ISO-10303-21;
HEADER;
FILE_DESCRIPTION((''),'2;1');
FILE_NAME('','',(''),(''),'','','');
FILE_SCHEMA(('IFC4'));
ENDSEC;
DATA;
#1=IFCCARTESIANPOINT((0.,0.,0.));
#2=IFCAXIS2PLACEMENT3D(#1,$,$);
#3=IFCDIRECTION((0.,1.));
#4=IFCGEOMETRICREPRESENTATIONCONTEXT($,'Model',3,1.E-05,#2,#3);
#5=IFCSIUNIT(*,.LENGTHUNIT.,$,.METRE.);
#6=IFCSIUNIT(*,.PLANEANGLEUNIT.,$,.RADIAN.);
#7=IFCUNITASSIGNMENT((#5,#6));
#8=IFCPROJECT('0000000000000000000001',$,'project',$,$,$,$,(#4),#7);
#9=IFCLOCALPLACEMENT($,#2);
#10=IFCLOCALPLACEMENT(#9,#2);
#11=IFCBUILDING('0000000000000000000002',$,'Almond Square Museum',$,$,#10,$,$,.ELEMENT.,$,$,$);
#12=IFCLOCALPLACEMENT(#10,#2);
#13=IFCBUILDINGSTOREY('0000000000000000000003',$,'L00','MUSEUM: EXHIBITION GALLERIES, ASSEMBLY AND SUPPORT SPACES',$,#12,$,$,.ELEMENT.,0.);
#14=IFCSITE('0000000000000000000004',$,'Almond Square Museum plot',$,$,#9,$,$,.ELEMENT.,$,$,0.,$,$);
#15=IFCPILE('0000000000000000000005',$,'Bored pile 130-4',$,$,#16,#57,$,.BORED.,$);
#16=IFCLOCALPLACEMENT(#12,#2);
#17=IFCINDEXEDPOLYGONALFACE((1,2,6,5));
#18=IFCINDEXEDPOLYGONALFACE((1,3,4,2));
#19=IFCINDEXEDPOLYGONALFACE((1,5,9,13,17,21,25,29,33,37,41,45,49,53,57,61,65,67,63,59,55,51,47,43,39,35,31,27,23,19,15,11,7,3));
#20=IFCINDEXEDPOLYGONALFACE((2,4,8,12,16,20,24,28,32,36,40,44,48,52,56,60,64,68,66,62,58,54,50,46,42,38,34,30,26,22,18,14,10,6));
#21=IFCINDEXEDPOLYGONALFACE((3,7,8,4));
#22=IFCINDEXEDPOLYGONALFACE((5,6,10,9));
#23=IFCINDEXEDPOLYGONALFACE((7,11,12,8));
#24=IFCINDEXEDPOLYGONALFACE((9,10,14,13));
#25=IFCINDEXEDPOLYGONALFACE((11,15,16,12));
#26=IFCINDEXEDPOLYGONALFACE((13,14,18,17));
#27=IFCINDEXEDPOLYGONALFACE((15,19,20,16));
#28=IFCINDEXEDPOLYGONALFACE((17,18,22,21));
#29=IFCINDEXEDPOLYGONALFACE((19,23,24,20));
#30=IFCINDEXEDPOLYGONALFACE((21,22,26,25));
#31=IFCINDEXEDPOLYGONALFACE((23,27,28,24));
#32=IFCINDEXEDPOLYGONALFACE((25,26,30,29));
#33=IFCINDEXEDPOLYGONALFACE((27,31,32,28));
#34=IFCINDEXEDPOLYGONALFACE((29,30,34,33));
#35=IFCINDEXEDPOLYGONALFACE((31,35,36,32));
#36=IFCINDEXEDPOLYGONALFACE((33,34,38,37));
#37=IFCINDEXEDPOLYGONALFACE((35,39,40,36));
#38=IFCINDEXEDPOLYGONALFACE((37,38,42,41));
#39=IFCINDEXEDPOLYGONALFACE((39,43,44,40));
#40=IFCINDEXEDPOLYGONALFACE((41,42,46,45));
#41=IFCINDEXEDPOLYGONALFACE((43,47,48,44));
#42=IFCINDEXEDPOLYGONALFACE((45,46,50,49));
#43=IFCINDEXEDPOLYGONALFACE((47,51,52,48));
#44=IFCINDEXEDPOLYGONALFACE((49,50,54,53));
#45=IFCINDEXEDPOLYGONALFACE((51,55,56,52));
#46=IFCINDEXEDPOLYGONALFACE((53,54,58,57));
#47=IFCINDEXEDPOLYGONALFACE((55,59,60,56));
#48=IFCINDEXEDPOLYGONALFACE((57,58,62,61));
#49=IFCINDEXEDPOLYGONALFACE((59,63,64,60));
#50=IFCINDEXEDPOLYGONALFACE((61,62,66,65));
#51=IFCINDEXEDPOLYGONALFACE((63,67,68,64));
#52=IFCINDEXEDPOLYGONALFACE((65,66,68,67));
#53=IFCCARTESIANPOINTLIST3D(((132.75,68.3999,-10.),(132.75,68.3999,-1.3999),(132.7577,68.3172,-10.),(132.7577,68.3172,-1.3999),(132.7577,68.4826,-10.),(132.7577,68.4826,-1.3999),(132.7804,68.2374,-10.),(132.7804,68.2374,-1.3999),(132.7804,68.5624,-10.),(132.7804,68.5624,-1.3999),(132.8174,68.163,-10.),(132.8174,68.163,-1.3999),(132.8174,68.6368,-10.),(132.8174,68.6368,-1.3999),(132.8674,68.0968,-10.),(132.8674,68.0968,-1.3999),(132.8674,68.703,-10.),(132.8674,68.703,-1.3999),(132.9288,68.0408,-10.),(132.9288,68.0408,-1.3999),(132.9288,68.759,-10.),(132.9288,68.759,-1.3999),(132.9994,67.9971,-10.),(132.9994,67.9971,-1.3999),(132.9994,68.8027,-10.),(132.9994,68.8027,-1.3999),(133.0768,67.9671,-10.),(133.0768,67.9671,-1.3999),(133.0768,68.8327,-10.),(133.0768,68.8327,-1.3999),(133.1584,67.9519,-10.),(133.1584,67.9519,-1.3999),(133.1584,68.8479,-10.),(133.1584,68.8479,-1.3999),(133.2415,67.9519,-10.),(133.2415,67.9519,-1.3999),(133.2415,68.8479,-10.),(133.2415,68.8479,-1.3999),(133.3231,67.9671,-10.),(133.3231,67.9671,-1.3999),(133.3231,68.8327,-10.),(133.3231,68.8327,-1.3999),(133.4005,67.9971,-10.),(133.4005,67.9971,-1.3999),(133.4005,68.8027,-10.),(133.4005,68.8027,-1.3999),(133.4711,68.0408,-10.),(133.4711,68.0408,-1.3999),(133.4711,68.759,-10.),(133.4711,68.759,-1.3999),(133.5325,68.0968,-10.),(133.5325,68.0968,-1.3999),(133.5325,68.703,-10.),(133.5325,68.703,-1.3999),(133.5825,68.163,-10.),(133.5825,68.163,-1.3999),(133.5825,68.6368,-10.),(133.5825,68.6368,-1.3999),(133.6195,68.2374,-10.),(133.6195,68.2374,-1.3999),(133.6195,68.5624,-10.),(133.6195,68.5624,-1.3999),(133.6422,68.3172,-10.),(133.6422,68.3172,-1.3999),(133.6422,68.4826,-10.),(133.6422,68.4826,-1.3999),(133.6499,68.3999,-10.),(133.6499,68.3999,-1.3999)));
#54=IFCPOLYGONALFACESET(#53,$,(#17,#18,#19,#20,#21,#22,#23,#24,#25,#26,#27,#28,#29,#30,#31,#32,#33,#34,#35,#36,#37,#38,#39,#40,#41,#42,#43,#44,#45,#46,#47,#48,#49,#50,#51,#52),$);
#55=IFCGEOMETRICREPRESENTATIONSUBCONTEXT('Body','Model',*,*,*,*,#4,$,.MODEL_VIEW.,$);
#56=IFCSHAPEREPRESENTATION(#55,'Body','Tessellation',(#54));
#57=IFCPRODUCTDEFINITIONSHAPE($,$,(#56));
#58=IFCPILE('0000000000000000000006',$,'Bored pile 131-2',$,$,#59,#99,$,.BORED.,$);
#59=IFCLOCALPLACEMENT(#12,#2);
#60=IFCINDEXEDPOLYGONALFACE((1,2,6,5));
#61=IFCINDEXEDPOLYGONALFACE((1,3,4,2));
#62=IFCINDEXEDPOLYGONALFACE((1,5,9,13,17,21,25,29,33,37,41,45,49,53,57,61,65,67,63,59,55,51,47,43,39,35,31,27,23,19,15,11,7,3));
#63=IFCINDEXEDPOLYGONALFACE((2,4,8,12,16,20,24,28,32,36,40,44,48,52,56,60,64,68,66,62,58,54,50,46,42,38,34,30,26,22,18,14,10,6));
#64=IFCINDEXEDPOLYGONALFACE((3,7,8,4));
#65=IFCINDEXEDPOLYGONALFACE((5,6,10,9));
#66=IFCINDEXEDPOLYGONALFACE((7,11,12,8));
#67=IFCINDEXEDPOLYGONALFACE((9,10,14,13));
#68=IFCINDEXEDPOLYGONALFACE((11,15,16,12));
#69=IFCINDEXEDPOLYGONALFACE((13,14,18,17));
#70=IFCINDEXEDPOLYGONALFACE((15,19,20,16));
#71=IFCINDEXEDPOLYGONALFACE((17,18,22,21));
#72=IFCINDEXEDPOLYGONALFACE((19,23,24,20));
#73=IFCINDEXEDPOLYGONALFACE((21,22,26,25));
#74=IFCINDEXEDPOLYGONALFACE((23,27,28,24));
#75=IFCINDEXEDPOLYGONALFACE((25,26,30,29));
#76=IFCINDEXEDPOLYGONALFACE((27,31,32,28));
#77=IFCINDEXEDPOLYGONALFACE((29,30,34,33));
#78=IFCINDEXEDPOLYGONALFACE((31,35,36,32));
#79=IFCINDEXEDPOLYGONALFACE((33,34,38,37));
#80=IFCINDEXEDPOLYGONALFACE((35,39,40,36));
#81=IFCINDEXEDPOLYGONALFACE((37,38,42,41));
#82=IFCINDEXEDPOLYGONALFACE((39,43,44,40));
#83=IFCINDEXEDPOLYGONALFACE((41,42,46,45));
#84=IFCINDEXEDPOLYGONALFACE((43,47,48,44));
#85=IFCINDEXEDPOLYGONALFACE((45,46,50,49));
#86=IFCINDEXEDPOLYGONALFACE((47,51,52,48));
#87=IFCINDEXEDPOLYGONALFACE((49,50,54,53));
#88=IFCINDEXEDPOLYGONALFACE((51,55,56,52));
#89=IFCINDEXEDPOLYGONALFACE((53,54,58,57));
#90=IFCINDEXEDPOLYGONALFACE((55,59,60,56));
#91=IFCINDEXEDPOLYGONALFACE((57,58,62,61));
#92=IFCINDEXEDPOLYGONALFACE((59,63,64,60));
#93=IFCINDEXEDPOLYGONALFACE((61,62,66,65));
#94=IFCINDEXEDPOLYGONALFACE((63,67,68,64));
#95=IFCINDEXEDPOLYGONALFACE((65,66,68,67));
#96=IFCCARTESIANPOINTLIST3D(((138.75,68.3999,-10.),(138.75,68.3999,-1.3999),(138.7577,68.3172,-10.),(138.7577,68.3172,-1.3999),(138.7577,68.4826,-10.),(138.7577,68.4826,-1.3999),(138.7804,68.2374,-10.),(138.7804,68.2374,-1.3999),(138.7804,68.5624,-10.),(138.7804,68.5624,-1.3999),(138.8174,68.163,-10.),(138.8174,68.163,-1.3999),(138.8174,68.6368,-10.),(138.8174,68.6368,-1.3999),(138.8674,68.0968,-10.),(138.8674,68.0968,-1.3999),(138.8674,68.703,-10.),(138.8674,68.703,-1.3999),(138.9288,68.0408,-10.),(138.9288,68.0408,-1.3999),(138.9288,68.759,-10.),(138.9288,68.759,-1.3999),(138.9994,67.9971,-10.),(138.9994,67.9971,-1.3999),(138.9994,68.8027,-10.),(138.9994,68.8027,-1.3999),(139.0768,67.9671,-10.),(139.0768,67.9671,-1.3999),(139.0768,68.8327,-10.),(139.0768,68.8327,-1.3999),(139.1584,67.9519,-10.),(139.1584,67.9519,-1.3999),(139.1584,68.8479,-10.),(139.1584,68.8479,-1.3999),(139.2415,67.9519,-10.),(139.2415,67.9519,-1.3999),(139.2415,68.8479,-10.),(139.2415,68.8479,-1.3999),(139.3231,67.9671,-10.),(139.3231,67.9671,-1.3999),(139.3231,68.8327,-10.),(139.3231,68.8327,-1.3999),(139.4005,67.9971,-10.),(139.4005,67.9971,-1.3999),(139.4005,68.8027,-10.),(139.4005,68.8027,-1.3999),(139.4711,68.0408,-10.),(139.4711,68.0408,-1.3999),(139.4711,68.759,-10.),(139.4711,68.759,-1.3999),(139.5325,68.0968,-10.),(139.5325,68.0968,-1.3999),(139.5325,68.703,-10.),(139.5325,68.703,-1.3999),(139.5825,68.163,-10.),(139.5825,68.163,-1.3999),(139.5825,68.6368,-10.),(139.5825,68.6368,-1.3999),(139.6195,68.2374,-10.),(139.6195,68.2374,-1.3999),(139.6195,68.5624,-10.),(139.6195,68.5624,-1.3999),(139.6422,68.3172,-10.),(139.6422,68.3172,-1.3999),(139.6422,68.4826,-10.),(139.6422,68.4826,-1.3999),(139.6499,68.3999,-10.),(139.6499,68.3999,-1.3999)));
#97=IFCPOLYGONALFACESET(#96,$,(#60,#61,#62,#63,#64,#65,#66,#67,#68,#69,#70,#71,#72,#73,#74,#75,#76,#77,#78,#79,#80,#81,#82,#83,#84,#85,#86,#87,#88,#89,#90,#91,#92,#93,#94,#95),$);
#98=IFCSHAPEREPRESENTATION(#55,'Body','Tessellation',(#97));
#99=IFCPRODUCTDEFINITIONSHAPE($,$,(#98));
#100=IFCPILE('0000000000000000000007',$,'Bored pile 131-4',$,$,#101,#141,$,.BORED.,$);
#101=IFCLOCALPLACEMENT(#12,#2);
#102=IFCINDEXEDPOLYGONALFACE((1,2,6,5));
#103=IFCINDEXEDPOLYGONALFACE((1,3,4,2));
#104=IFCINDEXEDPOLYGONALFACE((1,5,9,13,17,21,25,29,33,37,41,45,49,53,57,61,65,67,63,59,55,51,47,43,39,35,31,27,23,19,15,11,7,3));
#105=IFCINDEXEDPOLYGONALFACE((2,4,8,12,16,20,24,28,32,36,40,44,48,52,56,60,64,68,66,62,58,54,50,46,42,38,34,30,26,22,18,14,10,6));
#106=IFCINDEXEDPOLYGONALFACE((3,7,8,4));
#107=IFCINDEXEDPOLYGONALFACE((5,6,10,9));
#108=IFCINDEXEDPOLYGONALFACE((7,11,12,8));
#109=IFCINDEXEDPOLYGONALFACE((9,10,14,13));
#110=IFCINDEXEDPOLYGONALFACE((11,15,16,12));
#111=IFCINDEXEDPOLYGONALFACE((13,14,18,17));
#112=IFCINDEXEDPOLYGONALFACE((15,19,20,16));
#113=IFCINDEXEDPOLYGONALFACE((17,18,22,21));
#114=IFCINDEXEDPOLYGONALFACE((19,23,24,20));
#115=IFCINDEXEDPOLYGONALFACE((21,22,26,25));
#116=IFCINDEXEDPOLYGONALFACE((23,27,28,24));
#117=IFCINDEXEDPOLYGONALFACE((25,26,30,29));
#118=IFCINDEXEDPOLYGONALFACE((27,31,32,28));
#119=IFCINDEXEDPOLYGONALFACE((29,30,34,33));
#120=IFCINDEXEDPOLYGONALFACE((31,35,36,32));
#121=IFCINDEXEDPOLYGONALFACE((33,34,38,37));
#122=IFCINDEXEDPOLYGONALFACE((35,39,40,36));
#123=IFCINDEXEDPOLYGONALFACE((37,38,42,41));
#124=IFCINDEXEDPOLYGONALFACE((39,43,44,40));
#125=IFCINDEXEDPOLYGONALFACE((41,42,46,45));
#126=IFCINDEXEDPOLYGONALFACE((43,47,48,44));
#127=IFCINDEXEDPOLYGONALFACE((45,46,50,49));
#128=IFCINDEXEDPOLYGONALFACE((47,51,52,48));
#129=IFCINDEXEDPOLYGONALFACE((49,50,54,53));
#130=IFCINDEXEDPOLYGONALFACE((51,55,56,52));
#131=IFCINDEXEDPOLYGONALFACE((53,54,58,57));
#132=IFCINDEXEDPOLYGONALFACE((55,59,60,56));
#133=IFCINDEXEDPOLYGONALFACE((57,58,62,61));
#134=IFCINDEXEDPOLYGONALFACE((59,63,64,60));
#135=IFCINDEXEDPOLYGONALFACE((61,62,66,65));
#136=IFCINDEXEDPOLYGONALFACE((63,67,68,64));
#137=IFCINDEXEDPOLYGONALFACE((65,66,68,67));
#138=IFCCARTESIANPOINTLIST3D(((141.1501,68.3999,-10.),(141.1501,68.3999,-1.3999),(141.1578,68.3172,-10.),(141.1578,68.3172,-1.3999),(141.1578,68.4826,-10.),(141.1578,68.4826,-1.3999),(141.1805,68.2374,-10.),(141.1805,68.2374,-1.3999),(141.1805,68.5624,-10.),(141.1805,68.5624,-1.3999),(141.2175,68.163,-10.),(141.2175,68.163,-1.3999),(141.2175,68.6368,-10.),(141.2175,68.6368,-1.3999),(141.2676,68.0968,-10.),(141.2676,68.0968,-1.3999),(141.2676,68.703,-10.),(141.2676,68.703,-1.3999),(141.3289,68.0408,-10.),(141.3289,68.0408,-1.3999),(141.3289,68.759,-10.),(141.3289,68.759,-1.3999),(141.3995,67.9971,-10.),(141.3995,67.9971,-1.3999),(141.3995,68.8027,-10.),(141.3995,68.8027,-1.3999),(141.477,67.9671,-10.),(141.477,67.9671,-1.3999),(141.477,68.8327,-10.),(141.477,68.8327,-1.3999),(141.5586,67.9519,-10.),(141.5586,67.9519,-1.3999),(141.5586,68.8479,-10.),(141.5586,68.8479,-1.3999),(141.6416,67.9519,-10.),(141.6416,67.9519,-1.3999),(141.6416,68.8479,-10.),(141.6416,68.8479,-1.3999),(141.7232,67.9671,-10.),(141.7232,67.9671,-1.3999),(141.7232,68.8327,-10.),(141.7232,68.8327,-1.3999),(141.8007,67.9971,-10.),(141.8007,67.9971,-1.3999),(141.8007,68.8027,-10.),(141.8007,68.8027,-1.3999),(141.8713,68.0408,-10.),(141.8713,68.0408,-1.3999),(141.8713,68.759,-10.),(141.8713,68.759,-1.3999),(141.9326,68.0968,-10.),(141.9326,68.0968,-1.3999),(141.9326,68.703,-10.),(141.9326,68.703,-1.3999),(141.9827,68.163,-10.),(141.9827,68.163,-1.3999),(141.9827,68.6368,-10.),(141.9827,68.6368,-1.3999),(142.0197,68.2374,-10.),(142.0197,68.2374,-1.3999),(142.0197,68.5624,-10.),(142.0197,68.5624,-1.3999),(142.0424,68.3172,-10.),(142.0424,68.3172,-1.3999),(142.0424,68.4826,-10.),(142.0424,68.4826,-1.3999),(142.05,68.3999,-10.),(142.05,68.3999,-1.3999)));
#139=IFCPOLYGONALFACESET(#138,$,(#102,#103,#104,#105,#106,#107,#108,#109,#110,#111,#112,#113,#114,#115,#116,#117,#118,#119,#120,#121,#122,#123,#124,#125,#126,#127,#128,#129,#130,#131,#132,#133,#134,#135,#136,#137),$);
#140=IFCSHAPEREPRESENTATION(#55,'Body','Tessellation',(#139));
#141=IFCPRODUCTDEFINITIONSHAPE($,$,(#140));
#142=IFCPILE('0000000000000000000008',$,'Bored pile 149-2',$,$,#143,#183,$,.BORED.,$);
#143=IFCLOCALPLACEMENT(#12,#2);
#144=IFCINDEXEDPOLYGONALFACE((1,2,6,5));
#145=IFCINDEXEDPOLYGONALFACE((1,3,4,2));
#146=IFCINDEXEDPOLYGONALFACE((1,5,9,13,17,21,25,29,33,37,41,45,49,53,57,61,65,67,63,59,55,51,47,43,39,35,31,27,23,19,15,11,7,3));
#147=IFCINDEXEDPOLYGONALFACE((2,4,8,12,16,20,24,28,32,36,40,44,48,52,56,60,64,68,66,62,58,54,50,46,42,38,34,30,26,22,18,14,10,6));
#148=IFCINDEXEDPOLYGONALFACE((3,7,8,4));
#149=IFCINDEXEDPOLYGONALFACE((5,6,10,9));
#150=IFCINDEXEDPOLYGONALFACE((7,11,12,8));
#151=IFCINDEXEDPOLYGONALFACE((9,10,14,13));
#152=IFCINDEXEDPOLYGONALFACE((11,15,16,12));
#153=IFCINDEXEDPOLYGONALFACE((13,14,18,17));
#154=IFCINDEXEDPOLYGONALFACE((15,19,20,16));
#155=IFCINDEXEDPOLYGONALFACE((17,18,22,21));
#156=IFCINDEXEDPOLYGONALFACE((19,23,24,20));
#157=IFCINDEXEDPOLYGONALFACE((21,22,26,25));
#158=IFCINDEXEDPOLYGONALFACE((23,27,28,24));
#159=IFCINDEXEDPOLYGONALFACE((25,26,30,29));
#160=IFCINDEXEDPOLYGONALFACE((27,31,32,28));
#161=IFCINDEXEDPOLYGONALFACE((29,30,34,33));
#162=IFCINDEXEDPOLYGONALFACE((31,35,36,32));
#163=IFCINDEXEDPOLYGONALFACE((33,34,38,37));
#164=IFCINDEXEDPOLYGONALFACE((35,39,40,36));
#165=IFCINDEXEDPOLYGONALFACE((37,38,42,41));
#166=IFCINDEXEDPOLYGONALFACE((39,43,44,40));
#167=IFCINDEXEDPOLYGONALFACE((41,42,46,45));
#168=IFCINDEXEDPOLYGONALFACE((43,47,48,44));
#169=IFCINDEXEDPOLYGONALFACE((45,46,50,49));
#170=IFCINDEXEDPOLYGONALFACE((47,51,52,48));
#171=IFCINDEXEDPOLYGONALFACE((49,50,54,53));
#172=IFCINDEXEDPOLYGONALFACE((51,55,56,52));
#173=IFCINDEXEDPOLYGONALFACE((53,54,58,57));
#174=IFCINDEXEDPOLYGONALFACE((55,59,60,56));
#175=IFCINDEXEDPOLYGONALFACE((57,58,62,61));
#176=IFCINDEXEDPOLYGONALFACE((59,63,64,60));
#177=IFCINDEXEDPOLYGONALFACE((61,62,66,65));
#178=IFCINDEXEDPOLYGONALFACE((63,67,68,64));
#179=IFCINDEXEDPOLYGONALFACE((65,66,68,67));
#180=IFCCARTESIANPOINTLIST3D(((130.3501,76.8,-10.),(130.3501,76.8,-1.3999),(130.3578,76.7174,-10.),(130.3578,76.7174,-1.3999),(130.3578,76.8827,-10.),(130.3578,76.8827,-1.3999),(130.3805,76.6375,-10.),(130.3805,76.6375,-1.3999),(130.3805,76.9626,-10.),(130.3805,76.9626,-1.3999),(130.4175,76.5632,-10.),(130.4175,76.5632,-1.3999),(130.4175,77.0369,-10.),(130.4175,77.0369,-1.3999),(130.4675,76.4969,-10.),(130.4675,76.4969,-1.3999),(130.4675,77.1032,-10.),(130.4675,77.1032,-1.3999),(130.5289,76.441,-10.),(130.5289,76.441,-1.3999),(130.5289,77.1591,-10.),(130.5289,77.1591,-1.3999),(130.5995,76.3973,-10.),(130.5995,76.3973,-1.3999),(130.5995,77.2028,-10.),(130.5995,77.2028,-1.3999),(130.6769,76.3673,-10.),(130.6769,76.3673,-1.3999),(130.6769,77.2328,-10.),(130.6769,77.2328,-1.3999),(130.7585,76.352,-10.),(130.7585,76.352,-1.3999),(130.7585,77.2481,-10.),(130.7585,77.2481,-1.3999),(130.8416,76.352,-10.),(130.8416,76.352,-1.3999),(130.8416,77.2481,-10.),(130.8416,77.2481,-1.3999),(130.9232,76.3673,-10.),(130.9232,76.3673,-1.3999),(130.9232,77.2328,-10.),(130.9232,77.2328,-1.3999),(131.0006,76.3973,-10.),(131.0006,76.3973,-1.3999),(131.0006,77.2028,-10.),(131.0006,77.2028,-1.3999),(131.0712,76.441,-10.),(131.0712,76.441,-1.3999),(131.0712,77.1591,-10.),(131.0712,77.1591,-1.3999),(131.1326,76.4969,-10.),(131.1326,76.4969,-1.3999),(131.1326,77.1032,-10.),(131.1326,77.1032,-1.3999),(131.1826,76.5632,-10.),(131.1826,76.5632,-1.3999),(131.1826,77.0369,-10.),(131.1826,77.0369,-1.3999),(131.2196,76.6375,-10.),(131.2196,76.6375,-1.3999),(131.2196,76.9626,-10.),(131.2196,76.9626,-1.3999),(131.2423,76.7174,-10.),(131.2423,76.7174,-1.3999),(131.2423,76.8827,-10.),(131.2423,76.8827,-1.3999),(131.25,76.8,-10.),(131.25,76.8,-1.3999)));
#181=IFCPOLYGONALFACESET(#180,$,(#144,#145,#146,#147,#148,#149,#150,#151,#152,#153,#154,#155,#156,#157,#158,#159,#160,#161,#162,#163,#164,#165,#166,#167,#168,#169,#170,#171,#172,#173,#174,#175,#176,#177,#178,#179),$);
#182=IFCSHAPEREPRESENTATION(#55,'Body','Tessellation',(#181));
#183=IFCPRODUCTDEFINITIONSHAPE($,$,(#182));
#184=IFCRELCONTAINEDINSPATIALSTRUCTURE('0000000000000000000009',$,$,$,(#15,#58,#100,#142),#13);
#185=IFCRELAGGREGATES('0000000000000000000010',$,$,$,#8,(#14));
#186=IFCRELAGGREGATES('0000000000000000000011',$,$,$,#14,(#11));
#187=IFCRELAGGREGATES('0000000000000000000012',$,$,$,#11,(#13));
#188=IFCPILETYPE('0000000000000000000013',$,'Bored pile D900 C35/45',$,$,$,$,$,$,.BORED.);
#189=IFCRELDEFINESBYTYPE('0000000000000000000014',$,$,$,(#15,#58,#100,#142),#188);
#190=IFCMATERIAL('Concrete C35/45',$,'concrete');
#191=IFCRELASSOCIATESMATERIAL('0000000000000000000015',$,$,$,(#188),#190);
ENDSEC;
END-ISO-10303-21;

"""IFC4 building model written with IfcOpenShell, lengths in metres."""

from ifc_helpers import new_model, si_unit, direction, frame, origin, origin_2d, place, context, subcontext, project, spatial, circle, extrude, material, material_profile, profile_set, type_object, element, save


model = new_model("IFC4")

# Units and contexts
model_context = context("Model", 3, precision=1e-05, world=origin(), true_north=direction((0.0, 1.0)))
body_context = subcontext(model_context, "Body", "Model", "MODEL_VIEW")
ifc_project = project(units=[si_unit("LENGTHUNIT", "METRE"), si_unit("PLANEANGLEUNIT", "RADIAN")], contexts=[model_context])

# Site, building, storey
site_placement = place(None, origin())
site = spatial("IfcSite", under=ifc_project, at=site_placement, Name="Almond Square Museum plot", CompositionType="ELEMENT", RefElevation=0.0)
building_placement = place(site_placement, origin())
building = spatial("IfcBuilding", under=site, at=building_placement, Name="Almond Square Museum", CompositionType="ELEMENT")
storey_placement = place(building_placement, origin())
storey = spatial("IfcBuildingStorey", under=building, at=storey_placement, Name="L00", Description="MUSEUM: EXHIBITION GALLERIES, ASSEMBLY AND SUPPORT SPACES", CompositionType="ELEMENT", Elevation=0.0)

# Piles
ifc_material_1 = material(Name="Concrete C35/45", Category="concrete")
ifc_material_profile_1 = material_profile(ifc_material_1, circle(Radius=0.45, at=origin_2d()))
ifc_profile_set_1 = profile_set([ifc_material_profile_1], Name="Concrete C35/45")
pile_type = type_object("IfcPileType", Name="Bored pile D900 C35/45", PredefinedType="BORED", material=ifc_profile_set_1)
for number, where, z_axis, x_axis, name in (
    (1, (133.2, 68.3999, -1.3999), (0.0, 0.0, -1.0), (1.0, 0.0, 0.0), "Bored pile 130-4"),
    (2, (139.2, 68.3999, -1.3999), (0.0, 0.0, -1.0), (1.0, 0.0, 0.0), "Bored pile 131-2"),
    (3, (141.6001, 68.3999, -1.3999), (0.0, 0.0, -1.0), (1.0, 0.0, 0.0), "Bored pile 131-4"),
    (4, (130.8, 76.8, -1.3999), (0.0, 0.0, -1.0), (1.0, 0.0, 0.0), "Bored pile 149-2"),
):
    element("IfcPile", number, at=place(storey_placement, frame(where, z_axis=z_axis, x_axis=x_axis)), inside=storey, type_object=pile_type, Name=name, PredefinedType="BORED", context=body_context, shape_type="SweptSolid", body=[
        extrude(circle(Radius=0.45, at=origin_2d()), origin(), (0.0, 0.0, 1.0), 8.6001),
    ])

save(model, "model.ifc")
